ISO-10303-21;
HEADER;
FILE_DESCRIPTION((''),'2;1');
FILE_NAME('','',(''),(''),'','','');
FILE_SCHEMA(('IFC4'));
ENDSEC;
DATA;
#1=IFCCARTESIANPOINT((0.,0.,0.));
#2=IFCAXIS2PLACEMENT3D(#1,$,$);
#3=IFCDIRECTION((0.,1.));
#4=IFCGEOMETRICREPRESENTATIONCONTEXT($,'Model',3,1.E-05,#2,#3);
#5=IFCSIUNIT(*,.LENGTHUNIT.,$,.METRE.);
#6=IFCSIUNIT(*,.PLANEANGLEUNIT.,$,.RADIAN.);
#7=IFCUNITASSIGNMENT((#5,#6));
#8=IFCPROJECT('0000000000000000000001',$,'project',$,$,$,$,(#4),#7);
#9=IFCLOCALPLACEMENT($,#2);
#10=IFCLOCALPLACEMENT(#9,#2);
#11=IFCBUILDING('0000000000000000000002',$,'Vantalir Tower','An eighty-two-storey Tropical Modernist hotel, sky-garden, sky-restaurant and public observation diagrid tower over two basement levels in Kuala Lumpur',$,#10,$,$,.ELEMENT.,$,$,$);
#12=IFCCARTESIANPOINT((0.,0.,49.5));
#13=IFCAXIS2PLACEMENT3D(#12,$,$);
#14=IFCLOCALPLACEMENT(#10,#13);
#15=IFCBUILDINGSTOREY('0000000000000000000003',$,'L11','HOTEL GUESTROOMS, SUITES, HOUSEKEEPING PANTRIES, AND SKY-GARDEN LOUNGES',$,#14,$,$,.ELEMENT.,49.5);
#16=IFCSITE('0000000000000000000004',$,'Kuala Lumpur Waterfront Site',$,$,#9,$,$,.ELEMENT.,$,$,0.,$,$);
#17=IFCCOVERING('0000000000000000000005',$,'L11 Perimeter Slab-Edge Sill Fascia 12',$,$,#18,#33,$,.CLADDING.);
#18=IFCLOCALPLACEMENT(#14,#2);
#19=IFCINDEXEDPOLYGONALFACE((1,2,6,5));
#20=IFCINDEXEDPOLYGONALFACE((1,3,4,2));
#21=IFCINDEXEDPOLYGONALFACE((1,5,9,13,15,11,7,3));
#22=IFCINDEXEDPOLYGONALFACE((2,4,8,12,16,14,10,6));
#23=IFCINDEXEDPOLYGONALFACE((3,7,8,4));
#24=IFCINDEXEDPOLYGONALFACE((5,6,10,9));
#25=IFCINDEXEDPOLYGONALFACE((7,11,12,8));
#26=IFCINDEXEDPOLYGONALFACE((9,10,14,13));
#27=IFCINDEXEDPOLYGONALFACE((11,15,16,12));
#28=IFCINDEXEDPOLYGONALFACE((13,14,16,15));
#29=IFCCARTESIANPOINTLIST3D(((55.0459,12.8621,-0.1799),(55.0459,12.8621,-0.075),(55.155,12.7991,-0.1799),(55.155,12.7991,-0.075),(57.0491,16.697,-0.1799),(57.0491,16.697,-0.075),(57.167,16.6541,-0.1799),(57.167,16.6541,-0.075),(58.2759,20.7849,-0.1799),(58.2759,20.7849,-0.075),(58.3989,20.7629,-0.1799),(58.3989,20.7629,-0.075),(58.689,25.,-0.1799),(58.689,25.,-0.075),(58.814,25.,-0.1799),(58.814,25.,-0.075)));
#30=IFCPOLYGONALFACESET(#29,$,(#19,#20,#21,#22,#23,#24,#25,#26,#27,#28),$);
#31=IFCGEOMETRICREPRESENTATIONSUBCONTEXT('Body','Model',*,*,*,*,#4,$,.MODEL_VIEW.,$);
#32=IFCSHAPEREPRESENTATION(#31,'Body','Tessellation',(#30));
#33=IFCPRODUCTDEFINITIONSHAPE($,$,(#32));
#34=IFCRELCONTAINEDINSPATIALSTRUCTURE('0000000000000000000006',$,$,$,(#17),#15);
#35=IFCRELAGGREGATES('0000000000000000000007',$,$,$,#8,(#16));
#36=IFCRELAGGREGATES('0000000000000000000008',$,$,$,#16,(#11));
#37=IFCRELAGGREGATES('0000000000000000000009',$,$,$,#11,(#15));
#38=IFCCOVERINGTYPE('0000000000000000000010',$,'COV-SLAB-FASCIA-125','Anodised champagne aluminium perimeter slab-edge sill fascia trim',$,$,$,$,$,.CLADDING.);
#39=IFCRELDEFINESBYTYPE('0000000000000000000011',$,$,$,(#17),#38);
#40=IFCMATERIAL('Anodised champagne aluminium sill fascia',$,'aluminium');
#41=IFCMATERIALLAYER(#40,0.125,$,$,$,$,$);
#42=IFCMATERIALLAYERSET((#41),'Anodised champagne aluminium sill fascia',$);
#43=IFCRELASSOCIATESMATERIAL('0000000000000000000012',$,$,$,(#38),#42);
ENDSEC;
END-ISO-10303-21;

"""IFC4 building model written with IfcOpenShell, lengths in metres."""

from ifc_helpers import new_model, si_unit, direction, frame, origin, place, context, subcontext, project, spatial, polyline, outline, extrude, material, layer, layer_set, type_object, element, save


model = new_model("IFC4")

# Units and contexts
model_context = context("Model", 3, precision=1e-05, world=origin(), true_north=direction((0.0, 1.0)))
body_context = subcontext(model_context, "Body", "Model", "MODEL_VIEW")
ifc_project = project(units=[si_unit("LENGTHUNIT", "METRE"), si_unit("PLANEANGLEUNIT", "RADIAN")], contexts=[model_context])

# Site, building, storey
site_placement = place(None, origin())
site = spatial("IfcSite", under=ifc_project, at=site_placement, Name="Kuala Lumpur Waterfront Site", CompositionType="ELEMENT", RefElevation=0.0)
building_placement = place(site_placement, origin())
building = spatial("IfcBuilding", under=site, at=building_placement, Name="Vantalir Tower", Description="An eighty-two-storey Tropical Modernist hotel, sky-garden, sky-restaurant and public observation diagrid tower over two basement levels in Kuala Lumpur", CompositionType="ELEMENT")
storey_placement = place(building_placement, frame((0.0, 0.0, 49.5)))
storey = spatial("IfcBuildingStorey", under=building, at=storey_placement, Name="L11", Description="HOTEL GUESTROOMS, SUITES, HOUSEKEEPING PANTRIES, AND SKY-GARDEN LOUNGES", CompositionType="ELEMENT", Elevation=49.5)

# Covering
ifc_material_1 = material(Name="Anodised champagne aluminium sill fascia", Category="aluminium")
ifc_layer_1 = layer(ifc_material_1, 0.125)
ifc_layer_set_1 = layer_set([ifc_layer_1], Name="Anodised champagne aluminium sill fascia")
covering_type = type_object("IfcCoveringType", Name="COV-SLAB-FASCIA-125", Description="Anodised champagne aluminium perimeter slab-edge sill fascia trim", PredefinedType="CLADDING", material=ifc_layer_set_1)
covering_1_placement = place(storey_placement, frame((0.0, 0.0, -0.1799)))
element("IfcCovering", 1, at=covering_1_placement, inside=storey, type_object=covering_type, Name="L11 Perimeter Slab-Edge Sill Fascia 12", PredefinedType="CLADDING", context=body_context, shape_type="SweptSolid", body=[
    extrude(outline(polyline([(55.155, 12.7991), (57.167, 16.6541), (58.3989, 20.7629), (58.814, 25.0), (58.689, 25.0), (58.2759, 20.7849), (57.0491, 16.697), (55.0459, 12.8621), (55.155, 12.7991)])), origin(), (0.0, 0.0, 1.0), 0.105),
])

save(model, "model.ifc")
